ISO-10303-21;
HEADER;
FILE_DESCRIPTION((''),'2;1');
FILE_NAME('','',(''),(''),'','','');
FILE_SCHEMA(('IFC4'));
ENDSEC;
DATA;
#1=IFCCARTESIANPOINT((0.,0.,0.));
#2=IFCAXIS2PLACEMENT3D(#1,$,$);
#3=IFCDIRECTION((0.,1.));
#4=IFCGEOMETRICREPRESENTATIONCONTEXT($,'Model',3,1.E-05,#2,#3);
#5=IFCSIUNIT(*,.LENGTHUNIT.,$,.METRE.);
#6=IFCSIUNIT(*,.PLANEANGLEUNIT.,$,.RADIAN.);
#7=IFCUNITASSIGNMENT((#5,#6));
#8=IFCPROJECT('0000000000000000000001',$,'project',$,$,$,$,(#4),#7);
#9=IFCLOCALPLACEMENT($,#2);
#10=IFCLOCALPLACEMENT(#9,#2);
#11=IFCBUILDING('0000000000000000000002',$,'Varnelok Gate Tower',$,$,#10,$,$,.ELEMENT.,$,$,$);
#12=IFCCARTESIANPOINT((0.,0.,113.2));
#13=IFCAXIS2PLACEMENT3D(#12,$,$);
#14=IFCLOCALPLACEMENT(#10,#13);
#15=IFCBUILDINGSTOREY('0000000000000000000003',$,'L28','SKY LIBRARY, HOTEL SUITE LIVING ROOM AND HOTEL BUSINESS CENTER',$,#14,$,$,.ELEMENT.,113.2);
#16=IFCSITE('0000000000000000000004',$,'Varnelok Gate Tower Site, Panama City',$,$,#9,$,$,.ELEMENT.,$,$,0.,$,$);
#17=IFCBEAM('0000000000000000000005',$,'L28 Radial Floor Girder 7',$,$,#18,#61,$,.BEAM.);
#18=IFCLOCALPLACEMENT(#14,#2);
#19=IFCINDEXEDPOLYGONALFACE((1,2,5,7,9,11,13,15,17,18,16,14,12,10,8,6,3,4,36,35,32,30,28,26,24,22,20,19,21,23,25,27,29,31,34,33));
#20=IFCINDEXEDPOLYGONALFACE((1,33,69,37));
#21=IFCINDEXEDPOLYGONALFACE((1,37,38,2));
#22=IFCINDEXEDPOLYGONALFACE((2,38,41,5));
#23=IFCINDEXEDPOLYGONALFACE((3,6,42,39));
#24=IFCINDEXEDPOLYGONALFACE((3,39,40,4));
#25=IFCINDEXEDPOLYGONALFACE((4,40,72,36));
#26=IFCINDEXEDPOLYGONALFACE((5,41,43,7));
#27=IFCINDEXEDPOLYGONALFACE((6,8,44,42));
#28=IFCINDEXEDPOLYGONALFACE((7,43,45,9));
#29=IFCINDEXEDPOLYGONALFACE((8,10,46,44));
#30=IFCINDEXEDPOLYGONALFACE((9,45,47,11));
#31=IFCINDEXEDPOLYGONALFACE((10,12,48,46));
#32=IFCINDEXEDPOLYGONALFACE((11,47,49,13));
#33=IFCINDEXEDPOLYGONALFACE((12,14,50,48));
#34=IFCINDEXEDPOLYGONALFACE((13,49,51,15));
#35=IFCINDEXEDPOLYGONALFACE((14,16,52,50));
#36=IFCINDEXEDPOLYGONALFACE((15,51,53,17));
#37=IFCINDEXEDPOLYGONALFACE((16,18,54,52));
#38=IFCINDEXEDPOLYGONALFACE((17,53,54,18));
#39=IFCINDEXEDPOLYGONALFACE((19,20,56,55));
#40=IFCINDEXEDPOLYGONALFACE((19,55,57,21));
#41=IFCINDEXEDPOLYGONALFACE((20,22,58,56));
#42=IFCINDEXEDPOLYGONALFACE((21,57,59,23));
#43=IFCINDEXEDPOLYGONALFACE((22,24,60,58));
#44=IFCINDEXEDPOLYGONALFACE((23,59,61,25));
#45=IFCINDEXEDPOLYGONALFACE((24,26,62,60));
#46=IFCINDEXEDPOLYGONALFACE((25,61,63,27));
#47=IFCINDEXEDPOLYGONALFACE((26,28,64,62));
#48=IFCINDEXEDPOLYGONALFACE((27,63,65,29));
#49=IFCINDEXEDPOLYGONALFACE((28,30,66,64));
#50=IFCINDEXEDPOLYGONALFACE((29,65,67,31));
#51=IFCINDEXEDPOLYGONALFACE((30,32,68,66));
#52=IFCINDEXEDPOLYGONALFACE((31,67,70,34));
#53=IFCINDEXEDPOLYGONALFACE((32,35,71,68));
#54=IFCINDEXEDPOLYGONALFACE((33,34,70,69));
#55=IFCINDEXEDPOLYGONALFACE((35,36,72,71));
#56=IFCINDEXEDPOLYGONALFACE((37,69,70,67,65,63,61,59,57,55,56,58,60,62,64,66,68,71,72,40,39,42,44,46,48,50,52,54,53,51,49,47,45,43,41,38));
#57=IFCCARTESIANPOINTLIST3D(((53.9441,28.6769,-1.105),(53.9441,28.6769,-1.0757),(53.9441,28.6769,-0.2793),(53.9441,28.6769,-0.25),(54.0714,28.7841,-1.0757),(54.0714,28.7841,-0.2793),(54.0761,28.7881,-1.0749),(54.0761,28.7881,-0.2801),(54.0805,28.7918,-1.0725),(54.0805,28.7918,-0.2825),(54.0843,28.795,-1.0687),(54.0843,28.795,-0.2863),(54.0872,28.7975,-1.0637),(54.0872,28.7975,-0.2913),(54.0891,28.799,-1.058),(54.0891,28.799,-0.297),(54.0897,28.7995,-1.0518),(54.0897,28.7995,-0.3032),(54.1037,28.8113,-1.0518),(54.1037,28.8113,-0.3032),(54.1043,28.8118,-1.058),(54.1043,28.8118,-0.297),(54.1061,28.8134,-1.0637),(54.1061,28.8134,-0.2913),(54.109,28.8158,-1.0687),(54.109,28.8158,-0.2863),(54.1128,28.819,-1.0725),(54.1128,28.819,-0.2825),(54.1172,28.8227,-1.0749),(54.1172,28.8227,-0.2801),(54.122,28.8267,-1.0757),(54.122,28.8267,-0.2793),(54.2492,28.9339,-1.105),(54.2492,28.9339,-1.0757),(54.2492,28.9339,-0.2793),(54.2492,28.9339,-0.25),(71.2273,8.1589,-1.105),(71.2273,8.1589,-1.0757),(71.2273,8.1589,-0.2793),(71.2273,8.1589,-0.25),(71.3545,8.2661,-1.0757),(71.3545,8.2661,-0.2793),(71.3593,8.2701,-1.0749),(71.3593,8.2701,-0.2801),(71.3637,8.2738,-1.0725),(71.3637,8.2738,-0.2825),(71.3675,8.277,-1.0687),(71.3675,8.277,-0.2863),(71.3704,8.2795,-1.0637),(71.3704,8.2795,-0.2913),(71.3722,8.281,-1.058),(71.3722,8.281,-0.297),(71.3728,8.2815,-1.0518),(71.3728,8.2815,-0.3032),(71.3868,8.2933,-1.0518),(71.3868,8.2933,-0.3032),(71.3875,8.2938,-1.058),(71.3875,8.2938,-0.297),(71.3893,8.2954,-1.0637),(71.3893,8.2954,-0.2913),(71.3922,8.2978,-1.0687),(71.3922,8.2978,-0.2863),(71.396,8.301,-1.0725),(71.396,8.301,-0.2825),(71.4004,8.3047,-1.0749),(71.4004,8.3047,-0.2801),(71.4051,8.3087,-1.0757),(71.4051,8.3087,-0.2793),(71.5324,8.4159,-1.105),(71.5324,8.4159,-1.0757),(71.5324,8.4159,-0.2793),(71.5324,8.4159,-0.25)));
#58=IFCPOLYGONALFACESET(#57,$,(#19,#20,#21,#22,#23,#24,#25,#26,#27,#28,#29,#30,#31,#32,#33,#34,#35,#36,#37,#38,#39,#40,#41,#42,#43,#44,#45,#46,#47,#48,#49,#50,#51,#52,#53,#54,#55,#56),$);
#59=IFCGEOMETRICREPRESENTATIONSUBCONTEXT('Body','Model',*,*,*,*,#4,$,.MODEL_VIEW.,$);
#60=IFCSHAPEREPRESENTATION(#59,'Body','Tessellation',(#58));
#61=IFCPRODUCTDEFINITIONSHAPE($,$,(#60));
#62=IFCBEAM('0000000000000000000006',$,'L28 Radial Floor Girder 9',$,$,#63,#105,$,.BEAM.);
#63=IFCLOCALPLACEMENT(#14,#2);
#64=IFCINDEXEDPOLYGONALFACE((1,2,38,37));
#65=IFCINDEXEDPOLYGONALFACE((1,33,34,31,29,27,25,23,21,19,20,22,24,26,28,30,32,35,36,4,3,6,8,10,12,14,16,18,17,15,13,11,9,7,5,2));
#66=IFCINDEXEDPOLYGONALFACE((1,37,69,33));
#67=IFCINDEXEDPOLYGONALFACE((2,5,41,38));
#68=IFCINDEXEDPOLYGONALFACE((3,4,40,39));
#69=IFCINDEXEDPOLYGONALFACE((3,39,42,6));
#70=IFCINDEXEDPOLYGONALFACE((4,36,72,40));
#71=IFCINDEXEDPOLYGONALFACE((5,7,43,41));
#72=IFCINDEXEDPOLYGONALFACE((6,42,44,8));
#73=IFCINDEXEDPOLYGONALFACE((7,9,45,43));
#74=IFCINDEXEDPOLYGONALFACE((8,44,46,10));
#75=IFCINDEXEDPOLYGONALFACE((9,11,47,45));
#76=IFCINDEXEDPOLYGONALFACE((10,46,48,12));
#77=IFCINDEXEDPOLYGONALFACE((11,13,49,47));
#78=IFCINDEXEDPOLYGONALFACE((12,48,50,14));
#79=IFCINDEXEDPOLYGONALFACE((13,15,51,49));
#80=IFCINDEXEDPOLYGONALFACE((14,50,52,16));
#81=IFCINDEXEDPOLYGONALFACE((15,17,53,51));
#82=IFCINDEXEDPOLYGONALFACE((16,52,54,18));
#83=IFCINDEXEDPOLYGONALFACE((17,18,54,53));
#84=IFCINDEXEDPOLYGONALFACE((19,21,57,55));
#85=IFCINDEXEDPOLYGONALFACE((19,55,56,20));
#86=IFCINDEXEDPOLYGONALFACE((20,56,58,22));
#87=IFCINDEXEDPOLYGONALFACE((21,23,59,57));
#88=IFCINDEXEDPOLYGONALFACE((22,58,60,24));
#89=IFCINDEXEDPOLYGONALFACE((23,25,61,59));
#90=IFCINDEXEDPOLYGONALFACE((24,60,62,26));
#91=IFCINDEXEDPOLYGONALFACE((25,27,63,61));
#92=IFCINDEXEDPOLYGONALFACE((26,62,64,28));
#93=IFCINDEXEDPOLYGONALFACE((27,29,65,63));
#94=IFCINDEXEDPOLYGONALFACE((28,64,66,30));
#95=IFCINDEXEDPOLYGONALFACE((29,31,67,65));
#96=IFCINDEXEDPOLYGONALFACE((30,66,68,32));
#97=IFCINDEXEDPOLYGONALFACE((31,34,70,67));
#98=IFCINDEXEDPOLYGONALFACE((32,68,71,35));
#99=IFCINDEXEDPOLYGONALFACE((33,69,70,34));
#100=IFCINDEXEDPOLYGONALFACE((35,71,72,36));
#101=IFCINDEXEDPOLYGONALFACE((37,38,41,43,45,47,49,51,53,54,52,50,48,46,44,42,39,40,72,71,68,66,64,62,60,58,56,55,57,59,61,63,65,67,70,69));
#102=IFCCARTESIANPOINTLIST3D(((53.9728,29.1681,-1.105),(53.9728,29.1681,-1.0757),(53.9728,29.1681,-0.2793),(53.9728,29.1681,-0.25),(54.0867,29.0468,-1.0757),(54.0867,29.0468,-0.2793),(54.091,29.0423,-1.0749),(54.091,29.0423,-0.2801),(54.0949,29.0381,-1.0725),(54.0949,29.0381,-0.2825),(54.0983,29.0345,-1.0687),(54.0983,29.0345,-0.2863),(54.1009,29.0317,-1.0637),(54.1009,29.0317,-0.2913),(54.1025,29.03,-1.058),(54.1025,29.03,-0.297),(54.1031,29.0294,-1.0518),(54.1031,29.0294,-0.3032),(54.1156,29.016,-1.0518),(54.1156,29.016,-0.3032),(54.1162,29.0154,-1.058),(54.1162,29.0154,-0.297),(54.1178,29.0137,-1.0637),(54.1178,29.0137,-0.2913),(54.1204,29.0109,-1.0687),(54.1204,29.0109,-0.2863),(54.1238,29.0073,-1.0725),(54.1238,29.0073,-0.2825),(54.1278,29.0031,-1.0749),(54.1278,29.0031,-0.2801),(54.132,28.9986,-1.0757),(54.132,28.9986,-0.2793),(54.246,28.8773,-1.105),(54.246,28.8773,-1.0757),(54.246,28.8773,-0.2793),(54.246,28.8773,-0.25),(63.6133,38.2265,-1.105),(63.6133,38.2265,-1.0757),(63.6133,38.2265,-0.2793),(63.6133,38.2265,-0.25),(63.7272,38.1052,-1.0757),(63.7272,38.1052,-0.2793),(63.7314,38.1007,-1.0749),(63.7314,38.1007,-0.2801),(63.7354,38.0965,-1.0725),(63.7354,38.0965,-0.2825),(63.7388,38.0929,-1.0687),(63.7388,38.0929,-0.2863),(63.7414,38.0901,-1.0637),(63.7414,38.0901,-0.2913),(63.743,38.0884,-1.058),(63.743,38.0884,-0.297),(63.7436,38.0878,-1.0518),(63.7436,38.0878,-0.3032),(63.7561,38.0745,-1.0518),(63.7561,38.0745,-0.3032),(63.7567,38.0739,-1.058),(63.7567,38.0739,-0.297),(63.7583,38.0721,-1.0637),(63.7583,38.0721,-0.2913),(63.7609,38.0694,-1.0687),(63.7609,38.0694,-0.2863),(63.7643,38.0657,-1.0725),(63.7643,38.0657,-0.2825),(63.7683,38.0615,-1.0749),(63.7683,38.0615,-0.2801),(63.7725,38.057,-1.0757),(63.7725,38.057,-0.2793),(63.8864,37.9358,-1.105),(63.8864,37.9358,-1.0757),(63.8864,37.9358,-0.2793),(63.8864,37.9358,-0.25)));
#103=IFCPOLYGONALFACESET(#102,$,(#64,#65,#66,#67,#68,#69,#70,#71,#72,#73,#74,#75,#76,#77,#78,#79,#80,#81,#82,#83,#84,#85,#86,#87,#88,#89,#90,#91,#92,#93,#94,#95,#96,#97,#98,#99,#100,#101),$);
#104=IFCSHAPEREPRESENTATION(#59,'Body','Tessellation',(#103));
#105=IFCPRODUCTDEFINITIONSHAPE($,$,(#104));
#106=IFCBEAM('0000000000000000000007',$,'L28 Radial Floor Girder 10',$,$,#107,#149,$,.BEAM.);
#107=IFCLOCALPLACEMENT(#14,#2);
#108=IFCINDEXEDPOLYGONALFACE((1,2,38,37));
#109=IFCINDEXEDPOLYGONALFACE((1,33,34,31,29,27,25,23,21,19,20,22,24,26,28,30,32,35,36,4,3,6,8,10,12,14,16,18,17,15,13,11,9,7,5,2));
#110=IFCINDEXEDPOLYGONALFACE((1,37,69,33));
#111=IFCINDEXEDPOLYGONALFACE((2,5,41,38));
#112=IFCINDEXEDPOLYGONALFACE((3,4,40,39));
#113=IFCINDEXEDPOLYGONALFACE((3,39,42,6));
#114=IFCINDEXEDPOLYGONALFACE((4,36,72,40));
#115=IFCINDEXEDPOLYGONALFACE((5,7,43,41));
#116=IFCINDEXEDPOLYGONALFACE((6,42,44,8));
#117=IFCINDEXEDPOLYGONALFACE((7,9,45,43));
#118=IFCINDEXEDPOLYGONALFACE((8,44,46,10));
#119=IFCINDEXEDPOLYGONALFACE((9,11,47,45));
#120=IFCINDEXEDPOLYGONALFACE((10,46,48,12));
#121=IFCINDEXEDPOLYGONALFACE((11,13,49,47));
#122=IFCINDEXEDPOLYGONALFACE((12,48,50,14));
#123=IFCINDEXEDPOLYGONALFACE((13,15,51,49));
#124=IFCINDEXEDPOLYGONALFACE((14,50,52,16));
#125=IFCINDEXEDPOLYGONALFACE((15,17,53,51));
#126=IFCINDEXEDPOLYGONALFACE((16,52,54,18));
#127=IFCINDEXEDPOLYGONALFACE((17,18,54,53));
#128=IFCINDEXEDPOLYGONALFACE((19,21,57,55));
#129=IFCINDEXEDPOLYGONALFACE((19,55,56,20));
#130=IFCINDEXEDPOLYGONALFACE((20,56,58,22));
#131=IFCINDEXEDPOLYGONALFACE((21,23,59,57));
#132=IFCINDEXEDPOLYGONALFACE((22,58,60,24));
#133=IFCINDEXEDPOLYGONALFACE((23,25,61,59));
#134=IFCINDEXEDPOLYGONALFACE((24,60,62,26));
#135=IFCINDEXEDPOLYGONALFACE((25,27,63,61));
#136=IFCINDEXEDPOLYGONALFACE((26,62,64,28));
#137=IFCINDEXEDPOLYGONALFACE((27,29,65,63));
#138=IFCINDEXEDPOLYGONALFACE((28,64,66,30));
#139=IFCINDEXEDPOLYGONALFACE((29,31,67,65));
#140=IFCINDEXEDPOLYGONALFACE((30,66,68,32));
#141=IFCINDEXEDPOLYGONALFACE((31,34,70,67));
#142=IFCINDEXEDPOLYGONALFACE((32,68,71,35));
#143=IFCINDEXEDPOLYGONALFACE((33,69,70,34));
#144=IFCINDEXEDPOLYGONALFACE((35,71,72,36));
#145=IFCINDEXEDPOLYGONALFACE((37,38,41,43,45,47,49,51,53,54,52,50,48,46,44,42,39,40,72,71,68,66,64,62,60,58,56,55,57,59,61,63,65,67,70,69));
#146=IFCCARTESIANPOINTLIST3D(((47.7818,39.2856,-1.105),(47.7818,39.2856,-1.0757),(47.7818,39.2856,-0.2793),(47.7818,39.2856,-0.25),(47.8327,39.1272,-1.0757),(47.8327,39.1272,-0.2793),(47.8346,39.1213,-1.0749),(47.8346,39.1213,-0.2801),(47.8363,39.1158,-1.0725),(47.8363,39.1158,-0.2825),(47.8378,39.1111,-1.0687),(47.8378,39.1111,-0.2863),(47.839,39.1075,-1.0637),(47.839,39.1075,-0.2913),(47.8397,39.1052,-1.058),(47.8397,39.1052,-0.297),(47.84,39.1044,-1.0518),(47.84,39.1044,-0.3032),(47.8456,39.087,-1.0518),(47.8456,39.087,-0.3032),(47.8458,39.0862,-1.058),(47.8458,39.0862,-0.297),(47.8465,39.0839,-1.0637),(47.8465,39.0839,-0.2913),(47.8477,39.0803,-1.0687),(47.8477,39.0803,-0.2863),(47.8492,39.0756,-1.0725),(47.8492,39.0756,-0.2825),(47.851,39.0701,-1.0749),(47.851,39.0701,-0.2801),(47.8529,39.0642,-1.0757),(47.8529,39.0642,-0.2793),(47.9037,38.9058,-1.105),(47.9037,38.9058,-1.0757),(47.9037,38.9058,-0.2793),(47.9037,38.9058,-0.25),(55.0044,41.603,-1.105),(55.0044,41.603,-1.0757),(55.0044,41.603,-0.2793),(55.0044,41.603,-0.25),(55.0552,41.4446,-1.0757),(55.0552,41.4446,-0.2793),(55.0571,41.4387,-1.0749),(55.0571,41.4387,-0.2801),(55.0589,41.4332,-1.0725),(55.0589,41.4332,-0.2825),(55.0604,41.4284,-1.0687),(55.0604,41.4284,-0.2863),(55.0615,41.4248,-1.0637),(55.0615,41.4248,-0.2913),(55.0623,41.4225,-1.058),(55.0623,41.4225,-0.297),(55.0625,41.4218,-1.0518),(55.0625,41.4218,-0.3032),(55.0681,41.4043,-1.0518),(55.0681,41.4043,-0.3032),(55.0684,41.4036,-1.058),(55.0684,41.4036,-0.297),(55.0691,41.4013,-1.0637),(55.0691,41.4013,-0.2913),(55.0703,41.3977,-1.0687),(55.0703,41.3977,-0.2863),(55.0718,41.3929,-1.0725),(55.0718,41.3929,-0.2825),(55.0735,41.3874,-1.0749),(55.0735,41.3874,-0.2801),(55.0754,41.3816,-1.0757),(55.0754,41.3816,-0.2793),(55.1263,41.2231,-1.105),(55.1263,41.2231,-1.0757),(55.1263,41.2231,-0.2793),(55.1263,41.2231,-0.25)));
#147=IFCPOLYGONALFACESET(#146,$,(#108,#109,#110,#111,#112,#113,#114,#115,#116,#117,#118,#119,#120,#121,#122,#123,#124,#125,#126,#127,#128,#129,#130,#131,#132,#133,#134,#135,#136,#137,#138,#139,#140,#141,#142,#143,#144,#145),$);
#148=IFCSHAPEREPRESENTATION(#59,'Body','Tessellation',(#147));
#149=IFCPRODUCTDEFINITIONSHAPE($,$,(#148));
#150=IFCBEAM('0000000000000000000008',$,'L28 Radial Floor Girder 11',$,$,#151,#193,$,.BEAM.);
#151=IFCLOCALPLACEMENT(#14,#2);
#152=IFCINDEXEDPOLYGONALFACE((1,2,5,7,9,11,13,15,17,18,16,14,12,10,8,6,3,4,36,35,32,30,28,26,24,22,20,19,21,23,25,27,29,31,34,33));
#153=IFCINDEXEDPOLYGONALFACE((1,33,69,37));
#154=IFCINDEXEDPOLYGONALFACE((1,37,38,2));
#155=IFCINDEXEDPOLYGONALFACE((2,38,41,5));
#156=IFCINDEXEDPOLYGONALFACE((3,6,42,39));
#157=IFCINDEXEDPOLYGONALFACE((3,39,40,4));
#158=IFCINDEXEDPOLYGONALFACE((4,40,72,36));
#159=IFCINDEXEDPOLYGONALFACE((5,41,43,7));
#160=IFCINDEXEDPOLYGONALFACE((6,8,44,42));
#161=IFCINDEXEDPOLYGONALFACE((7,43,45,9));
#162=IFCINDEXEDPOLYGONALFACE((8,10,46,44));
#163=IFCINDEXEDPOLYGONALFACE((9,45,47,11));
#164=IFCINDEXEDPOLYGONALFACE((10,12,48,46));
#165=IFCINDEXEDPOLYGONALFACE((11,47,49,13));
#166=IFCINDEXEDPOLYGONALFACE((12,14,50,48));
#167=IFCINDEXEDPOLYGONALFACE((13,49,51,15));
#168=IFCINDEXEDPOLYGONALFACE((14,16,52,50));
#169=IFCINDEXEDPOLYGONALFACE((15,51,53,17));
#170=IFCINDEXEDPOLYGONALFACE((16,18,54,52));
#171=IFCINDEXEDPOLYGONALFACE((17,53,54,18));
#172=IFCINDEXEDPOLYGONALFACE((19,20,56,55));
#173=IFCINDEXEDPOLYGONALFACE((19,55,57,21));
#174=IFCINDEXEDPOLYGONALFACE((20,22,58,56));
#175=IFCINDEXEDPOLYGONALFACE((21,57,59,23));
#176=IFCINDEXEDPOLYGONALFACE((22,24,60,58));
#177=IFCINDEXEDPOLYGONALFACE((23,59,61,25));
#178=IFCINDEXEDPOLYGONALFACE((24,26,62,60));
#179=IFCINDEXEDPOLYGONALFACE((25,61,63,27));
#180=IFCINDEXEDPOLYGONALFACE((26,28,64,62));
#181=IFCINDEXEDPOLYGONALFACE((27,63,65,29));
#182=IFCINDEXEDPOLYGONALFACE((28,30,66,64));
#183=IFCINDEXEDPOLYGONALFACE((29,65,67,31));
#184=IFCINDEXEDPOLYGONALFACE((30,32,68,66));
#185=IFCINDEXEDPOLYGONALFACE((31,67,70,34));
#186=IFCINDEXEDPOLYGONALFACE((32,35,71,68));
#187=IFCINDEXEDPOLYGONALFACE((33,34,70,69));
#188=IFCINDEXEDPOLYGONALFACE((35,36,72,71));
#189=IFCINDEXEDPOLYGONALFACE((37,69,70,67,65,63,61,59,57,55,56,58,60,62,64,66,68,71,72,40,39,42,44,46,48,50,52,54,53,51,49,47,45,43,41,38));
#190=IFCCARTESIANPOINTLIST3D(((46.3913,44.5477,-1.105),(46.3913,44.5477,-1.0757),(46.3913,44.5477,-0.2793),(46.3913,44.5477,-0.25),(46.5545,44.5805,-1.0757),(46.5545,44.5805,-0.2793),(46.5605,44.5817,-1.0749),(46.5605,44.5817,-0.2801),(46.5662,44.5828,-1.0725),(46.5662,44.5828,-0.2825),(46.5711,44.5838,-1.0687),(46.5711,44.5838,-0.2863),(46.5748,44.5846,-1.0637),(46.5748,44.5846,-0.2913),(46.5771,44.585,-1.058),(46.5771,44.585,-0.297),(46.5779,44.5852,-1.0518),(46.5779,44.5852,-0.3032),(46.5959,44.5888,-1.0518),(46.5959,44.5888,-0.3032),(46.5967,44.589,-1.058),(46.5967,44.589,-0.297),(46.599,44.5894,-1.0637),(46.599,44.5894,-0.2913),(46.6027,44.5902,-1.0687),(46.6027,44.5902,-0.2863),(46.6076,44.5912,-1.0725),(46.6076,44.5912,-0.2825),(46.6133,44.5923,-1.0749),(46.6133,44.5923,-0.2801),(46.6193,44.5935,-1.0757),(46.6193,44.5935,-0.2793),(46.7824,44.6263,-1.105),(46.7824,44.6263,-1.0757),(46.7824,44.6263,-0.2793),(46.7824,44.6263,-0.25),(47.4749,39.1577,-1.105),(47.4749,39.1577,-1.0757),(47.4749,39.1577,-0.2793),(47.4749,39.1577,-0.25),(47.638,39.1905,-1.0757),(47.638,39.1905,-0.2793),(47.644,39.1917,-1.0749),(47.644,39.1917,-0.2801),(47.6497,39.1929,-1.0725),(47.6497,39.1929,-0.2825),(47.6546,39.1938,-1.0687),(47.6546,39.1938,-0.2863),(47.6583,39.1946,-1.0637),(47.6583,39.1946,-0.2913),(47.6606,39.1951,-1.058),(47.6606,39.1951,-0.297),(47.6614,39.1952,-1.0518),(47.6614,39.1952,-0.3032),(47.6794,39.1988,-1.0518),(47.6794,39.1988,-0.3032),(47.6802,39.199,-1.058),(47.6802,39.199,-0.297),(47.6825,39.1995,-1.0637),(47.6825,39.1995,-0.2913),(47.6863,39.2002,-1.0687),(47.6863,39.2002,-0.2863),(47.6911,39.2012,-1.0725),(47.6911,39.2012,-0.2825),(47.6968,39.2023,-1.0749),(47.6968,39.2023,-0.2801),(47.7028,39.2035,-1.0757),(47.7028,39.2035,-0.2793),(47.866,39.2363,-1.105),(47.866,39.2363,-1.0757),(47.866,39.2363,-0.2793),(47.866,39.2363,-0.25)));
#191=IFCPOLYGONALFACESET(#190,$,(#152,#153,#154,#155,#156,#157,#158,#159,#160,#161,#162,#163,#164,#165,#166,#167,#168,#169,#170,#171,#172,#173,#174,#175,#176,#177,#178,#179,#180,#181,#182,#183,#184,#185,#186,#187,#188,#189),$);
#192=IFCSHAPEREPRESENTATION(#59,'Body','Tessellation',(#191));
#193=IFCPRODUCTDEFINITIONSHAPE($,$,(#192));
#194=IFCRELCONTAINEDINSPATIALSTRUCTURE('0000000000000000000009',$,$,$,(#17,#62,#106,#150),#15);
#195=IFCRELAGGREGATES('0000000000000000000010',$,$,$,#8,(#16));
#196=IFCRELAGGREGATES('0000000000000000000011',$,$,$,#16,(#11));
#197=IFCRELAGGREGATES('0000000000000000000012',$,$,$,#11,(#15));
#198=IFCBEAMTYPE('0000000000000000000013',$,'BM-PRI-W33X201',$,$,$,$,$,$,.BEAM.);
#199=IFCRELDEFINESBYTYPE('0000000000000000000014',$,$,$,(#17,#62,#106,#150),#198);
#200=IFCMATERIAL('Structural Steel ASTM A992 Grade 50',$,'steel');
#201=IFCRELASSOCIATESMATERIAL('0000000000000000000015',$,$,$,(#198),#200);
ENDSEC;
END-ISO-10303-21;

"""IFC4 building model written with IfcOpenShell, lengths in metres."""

from ifc_helpers import new_model, si_unit, direction, frame, origin, origin_2d, place, context, subcontext, project, spatial, i_section, extrude, material, material_profile, profile_set, type_object, element, save


model = new_model("IFC4")

# Units and contexts
model_context = context("Model", 3, precision=1e-05, world=origin(), true_north=direction((0.0, 1.0)))
body_context = subcontext(model_context, "Body", "Model", "MODEL_VIEW")
ifc_project = project(units=[si_unit("LENGTHUNIT", "METRE"), si_unit("PLANEANGLEUNIT", "RADIAN")], contexts=[model_context])

# Site, building, storey
site_placement = place(None, origin())
site = spatial("IfcSite", under=ifc_project, at=site_placement, Name="Varnelok Gate Tower Site, Panama City", CompositionType="ELEMENT", RefElevation=0.0)
building_placement = place(site_placement, origin())
building = spatial("IfcBuilding", under=site, at=building_placement, Name="Varnelok Gate Tower", CompositionType="ELEMENT")
storey_placement = place(building_placement, frame((0.0, 0.0, 113.2)))
storey = spatial("IfcBuildingStorey", under=building, at=storey_placement, Name="L28", Description="SKY LIBRARY, HOTEL SUITE LIVING ROOM AND HOTEL BUSINESS CENTER", CompositionType="ELEMENT", Elevation=113.2)

# Shared definitions
ifc_material_1 = material(Name="Structural Steel ASTM A992 Grade 50", Category="steel")

# Beams
ifc_material_profile_1 = material_profile(ifc_material_1, i_section(OverallWidth=0.3989, OverallDepth=0.855, WebThickness=0.0183, FlangeThickness=0.0293, FilletRadius=0.0239, at=origin_2d()), Name="W33X201")
ifc_profile_set_1 = profile_set([ifc_material_profile_1], Name="Structural Steel ASTM A992 Grade 50")
beam_type_1 = type_object("IfcBeamType", Name="BM-PRI-W33X201", PredefinedType="BEAM", material=ifc_profile_set_1)
beam_1_placement = place(storey_placement, frame((54.0967, 28.8054, -0.6775), z_axis=(0.644241, -0.764822, 0.0), x_axis=(0.764822, 0.644241, 0.0)))
element("IfcBeam", 1, at=beam_1_placement, inside=storey, type_object=beam_type_1, Name="L28 Radial Floor Girder 7", PredefinedType="BEAM", context=body_context, shape_type="SweptSolid", body=[
    extrude(i_section(OverallWidth=0.3989, OverallDepth=0.855, WebThickness=0.0183, FlangeThickness=0.0293, FilletRadius=0.0239, at=origin_2d()), origin(), (0.0, 0.0, 1.0), 26.8271),
])
beam_2_placement = place(storey_placement, frame((54.1094, 29.0227, -0.6775), z_axis=(0.728764, 0.684765, 0.0), x_axis=(-0.684765, 0.728764, 0.0)))
element("IfcBeam", 2, at=beam_2_placement, inside=storey, type_object=beam_type_1, Name="L28 Radial Floor Girder 9", PredefinedType="BEAM", context=body_context, shape_type="SweptSolid", body=[
    extrude(i_section(OverallWidth=0.3989, OverallDepth=0.855, WebThickness=0.0183, FlangeThickness=0.0293, FilletRadius=0.0239, at=origin_2d()), origin(), (0.0, 0.0, 1.0), 13.2285),
])
beam_3_placement = place(storey_placement, frame((47.8428, 39.0957, -0.6775), z_axis=(0.952189, 0.305509, 0.0), x_axis=(-0.305509, 0.952189, 0.0)))
element("IfcBeam", 3, at=beam_3_placement, inside=storey, type_object=beam_type_1, Name="L28 Radial Floor Girder 10", PredefinedType="BEAM", context=body_context, shape_type="SweptSolid", body=[
    extrude(i_section(OverallWidth=0.3989, OverallDepth=0.855, WebThickness=0.0183, FlangeThickness=0.0293, FilletRadius=0.0239, at=origin_2d()), origin(), (0.0, 0.0, 1.0), 7.5852),
])
beam_4_placement = place(storey_placement, frame((47.6704, 39.197, -0.6775), z_axis=(-0.197081, 0.980387, 0.0), x_axis=(-0.980387, -0.197081, 0.0)))
element("IfcBeam", 4, at=beam_4_placement, inside=storey, type_object=beam_type_1, Name="L28 Radial Floor Girder 11", PredefinedType="BEAM", context=body_context, shape_type="SweptSolid", body=[
    extrude(i_section(OverallWidth=0.3989, OverallDepth=0.855, WebThickness=0.0183, FlangeThickness=0.0293, FilletRadius=0.0239, at=origin_2d()), origin(), (0.0, 0.0, 1.0), 5.4978),
])

save(model, "model.ifc")
